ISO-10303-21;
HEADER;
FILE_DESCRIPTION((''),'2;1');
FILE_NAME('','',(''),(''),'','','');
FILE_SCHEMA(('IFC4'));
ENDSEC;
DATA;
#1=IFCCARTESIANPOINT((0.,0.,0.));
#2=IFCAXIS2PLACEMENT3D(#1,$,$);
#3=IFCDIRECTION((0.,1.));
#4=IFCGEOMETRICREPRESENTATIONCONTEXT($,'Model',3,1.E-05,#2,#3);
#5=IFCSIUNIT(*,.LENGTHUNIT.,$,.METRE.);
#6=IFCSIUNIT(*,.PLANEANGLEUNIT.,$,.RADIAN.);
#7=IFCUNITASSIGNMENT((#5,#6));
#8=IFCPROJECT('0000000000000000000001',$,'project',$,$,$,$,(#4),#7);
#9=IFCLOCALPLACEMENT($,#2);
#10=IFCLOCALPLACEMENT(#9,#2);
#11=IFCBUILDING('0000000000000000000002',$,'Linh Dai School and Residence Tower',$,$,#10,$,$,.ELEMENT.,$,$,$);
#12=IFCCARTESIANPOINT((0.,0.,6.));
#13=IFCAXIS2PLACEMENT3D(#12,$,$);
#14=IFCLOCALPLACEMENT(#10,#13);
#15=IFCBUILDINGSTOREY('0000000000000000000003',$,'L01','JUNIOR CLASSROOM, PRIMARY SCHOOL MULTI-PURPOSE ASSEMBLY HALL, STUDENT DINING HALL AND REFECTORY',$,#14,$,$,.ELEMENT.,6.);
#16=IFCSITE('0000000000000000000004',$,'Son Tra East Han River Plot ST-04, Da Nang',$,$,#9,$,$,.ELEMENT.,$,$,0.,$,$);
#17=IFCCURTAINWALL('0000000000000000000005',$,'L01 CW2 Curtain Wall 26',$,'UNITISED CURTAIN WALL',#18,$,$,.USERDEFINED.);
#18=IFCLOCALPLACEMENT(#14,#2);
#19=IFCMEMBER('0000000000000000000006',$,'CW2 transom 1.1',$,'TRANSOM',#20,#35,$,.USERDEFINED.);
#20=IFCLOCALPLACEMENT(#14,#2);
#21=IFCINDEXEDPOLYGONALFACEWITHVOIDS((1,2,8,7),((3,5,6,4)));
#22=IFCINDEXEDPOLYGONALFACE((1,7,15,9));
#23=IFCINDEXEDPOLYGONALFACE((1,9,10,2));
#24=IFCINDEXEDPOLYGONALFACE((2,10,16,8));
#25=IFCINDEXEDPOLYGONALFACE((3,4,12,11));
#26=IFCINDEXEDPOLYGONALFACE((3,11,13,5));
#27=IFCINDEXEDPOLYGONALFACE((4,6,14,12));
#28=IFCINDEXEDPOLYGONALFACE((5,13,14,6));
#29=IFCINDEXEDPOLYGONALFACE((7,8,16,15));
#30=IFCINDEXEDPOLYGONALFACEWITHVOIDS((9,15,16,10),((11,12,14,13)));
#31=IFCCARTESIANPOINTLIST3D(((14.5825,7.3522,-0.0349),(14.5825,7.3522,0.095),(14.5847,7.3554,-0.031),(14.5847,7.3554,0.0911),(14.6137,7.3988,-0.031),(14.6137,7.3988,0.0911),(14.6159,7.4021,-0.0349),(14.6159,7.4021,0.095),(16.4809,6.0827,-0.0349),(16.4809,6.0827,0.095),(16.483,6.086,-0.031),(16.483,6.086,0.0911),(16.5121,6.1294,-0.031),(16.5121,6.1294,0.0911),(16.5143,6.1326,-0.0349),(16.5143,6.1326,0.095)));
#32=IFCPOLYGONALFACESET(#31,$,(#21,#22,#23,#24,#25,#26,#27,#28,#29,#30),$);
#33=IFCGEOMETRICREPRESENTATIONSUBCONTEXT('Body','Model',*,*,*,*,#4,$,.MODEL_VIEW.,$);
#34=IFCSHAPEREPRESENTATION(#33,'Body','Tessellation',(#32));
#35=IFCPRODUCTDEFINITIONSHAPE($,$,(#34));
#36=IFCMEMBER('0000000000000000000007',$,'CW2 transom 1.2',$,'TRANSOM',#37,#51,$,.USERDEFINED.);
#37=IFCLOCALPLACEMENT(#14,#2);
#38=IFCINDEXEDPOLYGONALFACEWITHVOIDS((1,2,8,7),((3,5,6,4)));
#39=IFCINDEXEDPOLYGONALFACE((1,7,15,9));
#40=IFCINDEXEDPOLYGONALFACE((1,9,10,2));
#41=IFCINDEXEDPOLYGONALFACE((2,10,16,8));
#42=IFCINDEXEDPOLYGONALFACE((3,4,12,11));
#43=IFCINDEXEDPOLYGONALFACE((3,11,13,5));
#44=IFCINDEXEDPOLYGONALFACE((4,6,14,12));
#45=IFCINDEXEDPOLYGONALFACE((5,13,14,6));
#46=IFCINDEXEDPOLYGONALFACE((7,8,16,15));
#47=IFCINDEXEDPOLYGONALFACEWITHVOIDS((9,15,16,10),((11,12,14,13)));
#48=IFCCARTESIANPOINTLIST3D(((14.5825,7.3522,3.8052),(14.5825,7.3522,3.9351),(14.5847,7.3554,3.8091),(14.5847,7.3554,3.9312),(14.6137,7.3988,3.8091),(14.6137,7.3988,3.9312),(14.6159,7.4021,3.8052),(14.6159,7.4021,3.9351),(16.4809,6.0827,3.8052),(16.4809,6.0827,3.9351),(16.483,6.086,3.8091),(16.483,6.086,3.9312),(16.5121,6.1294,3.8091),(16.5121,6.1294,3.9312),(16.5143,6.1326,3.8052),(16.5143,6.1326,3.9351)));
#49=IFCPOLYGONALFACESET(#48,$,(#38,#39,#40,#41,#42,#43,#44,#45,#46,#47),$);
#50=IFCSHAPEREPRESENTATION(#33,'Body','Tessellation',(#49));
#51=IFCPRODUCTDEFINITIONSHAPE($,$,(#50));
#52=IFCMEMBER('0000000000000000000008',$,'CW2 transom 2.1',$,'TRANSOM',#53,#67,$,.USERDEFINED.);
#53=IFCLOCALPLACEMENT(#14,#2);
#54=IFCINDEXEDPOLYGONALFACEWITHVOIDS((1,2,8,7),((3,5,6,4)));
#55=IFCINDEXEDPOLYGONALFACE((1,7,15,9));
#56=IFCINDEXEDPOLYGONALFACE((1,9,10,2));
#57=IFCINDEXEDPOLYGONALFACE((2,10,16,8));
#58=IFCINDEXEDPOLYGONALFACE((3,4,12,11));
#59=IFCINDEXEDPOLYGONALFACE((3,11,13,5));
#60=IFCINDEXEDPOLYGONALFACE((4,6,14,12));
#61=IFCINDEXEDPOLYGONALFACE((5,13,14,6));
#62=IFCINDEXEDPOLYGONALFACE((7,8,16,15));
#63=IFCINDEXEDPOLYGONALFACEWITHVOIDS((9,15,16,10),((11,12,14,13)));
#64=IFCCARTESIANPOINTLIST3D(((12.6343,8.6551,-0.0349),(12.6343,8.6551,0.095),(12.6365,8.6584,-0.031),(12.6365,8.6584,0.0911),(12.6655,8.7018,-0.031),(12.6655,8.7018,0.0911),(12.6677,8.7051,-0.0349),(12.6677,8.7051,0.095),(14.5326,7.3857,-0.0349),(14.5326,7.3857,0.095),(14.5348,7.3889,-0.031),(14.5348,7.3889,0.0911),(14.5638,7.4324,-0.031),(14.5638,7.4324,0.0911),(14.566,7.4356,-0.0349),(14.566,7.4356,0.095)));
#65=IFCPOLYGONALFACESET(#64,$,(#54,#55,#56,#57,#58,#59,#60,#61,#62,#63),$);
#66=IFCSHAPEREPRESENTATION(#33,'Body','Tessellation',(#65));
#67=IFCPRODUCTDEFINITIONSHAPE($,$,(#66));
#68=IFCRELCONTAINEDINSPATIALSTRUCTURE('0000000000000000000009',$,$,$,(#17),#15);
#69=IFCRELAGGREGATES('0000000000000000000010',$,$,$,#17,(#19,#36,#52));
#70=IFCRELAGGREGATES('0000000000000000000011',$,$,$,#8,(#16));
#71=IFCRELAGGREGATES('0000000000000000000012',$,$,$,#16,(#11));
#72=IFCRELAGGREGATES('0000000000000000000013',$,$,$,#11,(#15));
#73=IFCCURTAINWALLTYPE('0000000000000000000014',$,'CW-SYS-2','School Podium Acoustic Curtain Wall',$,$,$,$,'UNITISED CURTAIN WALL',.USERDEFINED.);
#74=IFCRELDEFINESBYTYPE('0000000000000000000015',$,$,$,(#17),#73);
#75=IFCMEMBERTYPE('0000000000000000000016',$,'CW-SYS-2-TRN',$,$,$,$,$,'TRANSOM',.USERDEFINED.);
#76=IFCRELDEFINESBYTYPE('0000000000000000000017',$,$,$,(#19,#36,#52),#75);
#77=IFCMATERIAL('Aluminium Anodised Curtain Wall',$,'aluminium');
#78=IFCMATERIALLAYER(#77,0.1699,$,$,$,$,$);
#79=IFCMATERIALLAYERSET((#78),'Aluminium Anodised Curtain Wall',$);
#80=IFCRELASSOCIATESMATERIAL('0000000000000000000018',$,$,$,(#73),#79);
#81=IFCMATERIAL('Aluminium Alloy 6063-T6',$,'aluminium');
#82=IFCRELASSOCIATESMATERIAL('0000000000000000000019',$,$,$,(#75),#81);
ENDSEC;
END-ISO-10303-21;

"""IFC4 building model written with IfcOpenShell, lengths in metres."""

from ifc_helpers import new_model, si_unit, direction, frame, origin, origin_2d, place, context, subcontext, project, spatial, hollow_rectangle, extrude, source, transform, mapped, material, layer, layer_set, material_profile, profile_set, type_object, element, aggregate, save


model = new_model("IFC4")

# Units and contexts
model_context = context("Model", 3, precision=1e-05, world=origin(), true_north=direction((0.0, 1.0)))
body_context = subcontext(model_context, "Body", "Model", "MODEL_VIEW")
ifc_project = project(units=[si_unit("LENGTHUNIT", "METRE"), si_unit("PLANEANGLEUNIT", "RADIAN")], contexts=[model_context])

# Site, building, storey
site_placement = place(None, origin())
site = spatial("IfcSite", under=ifc_project, at=site_placement, Name="Son Tra East Han River Plot ST-04, Da Nang", CompositionType="ELEMENT", RefElevation=0.0)
building_placement = place(site_placement, origin())
building = spatial("IfcBuilding", under=site, at=building_placement, Name="Linh Dai School and Residence Tower", CompositionType="ELEMENT")
storey_placement = place(building_placement, frame((0.0, 0.0, 6.0)))
storey = spatial("IfcBuildingStorey", under=building, at=storey_placement, Name="L01", Description="JUNIOR CLASSROOM, PRIMARY SCHOOL MULTI-PURPOSE ASSEMBLY HALL, STUDENT DINING HALL AND REFECTORY", CompositionType="ELEMENT", Elevation=6.0)

# Curtain wall, members
ifc_material_1 = material(Name="Aluminium Anodised Curtain Wall", Category="aluminium")
ifc_layer_1 = layer(ifc_material_1, 0.1699)
ifc_layer_set_1 = layer_set([ifc_layer_1], Name="Aluminium Anodised Curtain Wall")
curtain_wall_type = type_object("IfcCurtainWallType", Name="CW-SYS-2", Description="School Podium Acoustic Curtain Wall", ElementType="UNITISED CURTAIN WALL", PredefinedType="USERDEFINED", material=ifc_layer_set_1)
curtain_wall_placement = place(storey_placement, origin())
curtain_wall = element("IfcCurtainWall", 1, at=curtain_wall_placement, inside=storey, type_object=curtain_wall_type, Name="L01 CW2 Curtain Wall 26", ObjectType="UNITISED CURTAIN WALL", PredefinedType="USERDEFINED")
ifc_material_2 = material(Name="Aluminium Alloy 6063-T6", Category="aluminium")
ifc_material_profile_1 = material_profile(ifc_material_2, hollow_rectangle(XDim=0.0601, YDim=0.1299, WallThickness=0.0039, at=origin_2d()), Name="RHS 130x60x4")
ifc_profile_set_1 = profile_set([ifc_material_profile_1], Name="Aluminium Alloy 6063-T6")
member_type_1 = type_object("IfcMemberType", Name="CW-SYS-2-TRN", ElementType="TRANSOM", PredefinedType="USERDEFINED", material=ifc_profile_set_1)
shared_shape_1 = source(origin(), body_context, "Body", "SweptSolid", [
    extrude(hollow_rectangle(XDim=0.0601, YDim=0.1299, WallThickness=0.0039, at=origin_2d()), origin(), (0.0, 0.0, 1.0), 2.2837),
])
member_1_placement = place(storey_placement, frame((16.4976, 6.1077, 0.03), z_axis=(-0.83126, 0.555884, 0.0), x_axis=(-0.555884, -0.83126, 0.0)))
member_1 = element("IfcMember", 2, at=member_1_placement, type_object=member_type_1, Name="CW2 transom 1.1", ObjectType="TRANSOM", PredefinedType="USERDEFINED", context=body_context, shape_type="MappedRepresentation", body=[
    mapped(shared_shape_1, transform((0.0, 0.0, 0.0), x_axis=(1.0, 0.0, 0.0), y_axis=(0.0, 1.0, 0.0), z_axis=(0.0, 0.0, 1.0), scale=1.0)),
])
member_2_placement = place(storey_placement, frame((16.4976, 6.1077, 3.8701), z_axis=(-0.83126, 0.555884, 0.0), x_axis=(-0.555884, -0.83126, 0.0)))
member_2 = element("IfcMember", 3, at=member_2_placement, type_object=member_type_1, Name="CW2 transom 1.2", ObjectType="TRANSOM", PredefinedType="USERDEFINED", context=body_context, shape_type="MappedRepresentation", body=[
    mapped(shared_shape_1, transform((0.0, 0.0, 0.0), x_axis=(1.0, 0.0, 0.0), y_axis=(0.0, 1.0, 0.0), z_axis=(0.0, 0.0, 1.0), scale=1.0)),
])
member_3_placement = place(storey_placement, frame((14.5493, 7.4106, 0.03), z_axis=(-0.83126, 0.555884, 0.0), x_axis=(-0.555884, -0.83126, 0.0)))
member_3 = element("IfcMember", 4, at=member_3_placement, type_object=member_type_1, Name="CW2 transom 2.1", ObjectType="TRANSOM", PredefinedType="USERDEFINED", context=body_context, shape_type="MappedRepresentation", body=[
    mapped(shared_shape_1, transform((0.0, 0.0, 0.0), x_axis=(1.0, 0.0, 0.0), y_axis=(0.0, 1.0, 0.0), z_axis=(0.0, 0.0, 1.0), scale=1.0)),
])

aggregate(curtain_wall, [member_1, member_2, member_3])

save(model, "model.ifc")
